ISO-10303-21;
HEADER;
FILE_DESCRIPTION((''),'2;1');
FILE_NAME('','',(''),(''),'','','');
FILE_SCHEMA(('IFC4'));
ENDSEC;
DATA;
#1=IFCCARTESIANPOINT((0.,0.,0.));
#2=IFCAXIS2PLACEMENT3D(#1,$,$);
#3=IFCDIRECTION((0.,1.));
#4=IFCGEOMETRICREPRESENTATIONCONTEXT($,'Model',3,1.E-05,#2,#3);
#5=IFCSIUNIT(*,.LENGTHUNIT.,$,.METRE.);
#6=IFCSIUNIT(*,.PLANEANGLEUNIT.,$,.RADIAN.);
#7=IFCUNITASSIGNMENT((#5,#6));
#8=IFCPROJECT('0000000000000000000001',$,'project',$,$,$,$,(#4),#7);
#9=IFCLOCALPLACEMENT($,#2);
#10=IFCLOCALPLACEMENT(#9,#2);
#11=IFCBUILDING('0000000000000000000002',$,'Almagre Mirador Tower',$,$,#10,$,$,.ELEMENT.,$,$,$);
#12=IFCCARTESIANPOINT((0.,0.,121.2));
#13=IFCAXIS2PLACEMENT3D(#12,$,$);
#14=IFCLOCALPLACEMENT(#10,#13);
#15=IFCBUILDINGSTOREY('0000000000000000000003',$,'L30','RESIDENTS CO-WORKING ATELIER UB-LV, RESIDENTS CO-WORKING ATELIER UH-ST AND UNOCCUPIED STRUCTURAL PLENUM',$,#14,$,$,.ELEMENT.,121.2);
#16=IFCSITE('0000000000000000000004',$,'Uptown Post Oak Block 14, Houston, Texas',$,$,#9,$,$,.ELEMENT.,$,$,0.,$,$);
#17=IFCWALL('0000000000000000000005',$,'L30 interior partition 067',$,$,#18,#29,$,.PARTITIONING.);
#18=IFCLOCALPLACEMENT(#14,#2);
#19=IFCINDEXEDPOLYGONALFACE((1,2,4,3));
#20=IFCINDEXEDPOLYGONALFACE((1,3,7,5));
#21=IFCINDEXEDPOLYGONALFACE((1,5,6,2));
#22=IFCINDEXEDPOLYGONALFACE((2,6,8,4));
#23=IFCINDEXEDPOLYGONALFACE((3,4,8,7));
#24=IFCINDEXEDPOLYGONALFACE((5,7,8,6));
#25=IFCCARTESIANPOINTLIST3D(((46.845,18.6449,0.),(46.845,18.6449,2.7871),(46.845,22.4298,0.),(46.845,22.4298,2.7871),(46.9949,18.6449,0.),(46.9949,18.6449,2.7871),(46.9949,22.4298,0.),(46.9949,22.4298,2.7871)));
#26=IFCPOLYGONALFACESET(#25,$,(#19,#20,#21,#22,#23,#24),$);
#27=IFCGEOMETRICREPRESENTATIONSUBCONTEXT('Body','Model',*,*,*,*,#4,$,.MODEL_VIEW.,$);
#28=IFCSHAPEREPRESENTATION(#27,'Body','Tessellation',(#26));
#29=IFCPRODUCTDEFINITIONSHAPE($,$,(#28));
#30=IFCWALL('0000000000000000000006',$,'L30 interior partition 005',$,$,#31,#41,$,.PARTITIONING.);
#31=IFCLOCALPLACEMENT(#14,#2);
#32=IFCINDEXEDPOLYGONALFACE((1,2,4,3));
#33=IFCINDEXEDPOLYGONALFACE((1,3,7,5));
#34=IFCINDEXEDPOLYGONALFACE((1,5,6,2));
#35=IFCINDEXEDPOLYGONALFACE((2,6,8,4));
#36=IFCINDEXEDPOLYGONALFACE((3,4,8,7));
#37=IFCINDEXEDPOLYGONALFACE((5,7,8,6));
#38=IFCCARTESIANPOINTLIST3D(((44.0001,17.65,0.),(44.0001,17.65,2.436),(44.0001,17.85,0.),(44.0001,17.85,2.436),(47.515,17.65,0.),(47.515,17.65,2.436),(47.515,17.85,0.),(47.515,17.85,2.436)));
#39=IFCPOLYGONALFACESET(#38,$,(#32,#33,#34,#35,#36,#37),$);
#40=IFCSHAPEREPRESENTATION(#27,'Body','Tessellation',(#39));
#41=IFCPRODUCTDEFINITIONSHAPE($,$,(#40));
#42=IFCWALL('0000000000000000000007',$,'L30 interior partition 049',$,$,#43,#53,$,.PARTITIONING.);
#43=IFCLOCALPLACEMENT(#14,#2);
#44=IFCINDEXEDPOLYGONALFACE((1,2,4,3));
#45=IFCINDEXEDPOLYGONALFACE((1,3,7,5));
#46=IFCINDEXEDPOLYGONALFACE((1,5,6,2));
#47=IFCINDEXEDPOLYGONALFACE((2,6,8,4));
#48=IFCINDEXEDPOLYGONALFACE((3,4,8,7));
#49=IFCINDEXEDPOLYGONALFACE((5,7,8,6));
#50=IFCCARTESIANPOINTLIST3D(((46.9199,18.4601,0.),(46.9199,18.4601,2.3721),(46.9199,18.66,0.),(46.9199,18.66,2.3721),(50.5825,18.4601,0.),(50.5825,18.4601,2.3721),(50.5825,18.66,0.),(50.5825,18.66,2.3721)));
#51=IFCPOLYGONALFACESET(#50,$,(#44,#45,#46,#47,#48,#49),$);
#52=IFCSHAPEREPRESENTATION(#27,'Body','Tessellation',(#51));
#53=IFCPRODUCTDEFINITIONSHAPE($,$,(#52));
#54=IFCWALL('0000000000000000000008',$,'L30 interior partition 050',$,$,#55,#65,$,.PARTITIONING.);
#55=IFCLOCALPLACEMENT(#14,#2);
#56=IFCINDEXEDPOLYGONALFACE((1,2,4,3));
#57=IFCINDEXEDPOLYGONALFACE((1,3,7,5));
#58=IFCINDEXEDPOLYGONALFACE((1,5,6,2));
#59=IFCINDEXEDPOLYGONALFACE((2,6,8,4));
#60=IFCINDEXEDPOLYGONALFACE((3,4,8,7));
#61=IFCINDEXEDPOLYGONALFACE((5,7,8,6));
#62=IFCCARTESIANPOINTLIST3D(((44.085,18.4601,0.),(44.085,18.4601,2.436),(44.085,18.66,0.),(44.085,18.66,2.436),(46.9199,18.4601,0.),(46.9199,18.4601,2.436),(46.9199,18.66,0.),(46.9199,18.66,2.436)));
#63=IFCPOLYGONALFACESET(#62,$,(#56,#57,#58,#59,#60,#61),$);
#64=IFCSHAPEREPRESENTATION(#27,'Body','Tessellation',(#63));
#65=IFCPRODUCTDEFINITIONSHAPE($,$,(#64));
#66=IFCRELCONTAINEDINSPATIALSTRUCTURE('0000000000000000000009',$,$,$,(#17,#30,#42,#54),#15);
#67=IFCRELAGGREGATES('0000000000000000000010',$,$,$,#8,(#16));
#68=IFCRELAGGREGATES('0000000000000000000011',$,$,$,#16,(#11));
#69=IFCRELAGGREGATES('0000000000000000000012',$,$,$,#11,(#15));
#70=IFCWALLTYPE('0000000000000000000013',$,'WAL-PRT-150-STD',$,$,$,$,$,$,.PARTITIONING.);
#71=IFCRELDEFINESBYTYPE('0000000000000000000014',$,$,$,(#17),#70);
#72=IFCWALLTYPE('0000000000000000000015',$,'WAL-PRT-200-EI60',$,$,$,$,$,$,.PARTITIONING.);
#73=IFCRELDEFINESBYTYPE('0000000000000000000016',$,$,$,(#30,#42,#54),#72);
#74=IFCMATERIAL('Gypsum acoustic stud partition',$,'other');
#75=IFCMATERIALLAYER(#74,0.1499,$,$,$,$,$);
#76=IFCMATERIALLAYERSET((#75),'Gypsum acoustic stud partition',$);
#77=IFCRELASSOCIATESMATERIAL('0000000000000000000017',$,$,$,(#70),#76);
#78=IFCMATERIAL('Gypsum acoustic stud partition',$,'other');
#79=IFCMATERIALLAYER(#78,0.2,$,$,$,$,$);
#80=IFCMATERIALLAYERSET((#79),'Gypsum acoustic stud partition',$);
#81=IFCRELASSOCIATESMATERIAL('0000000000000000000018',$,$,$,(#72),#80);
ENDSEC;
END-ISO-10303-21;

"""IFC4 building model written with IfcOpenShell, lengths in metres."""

from ifc_helpers import new_model, si_unit, direction, frame, frame_2d, origin, place, context, subcontext, project, spatial, rectangle, extrude, material, layer, layer_set, type_object, element, save


model = new_model("IFC4")

# Units and contexts
model_context = context("Model", 3, precision=1e-05, world=origin(), true_north=direction((0.0, 1.0)))
body_context = subcontext(model_context, "Body", "Model", "MODEL_VIEW")
ifc_project = project(units=[si_unit("LENGTHUNIT", "METRE"), si_unit("PLANEANGLEUNIT", "RADIAN")], contexts=[model_context])

# Site, building, storey
site_placement = place(None, origin())
site = spatial("IfcSite", under=ifc_project, at=site_placement, Name="Uptown Post Oak Block 14, Houston, Texas", CompositionType="ELEMENT", RefElevation=0.0)
building_placement = place(site_placement, origin())
building = spatial("IfcBuilding", under=site, at=building_placement, Name="Almagre Mirador Tower", CompositionType="ELEMENT")
storey_placement = place(building_placement, frame((0.0, 0.0, 121.2)))
storey = spatial("IfcBuildingStorey", under=building, at=storey_placement, Name="L30", Description="RESIDENTS CO-WORKING ATELIER UB-LV, RESIDENTS CO-WORKING ATELIER UH-ST AND UNOCCUPIED STRUCTURAL PLENUM", CompositionType="ELEMENT", Elevation=121.2)

# Walls
ifc_material_1 = material(Name="Gypsum acoustic stud partition", Category="other")
ifc_layer_1 = layer(ifc_material_1, 0.1499)
ifc_layer_set_1 = layer_set([ifc_layer_1], Name="Gypsum acoustic stud partition")
wall_type_1 = type_object("IfcWallType", Name="WAL-PRT-150-STD", PredefinedType="PARTITIONING", material=ifc_layer_set_1)
wall_1_placement = place(storey_placement, frame((46.9199, 22.4299, 0.0), z_axis=(0.0, 0.0, 1.0), x_axis=(0.0, -1.0, 0.0)))
element("IfcWall", 1, at=wall_1_placement, inside=storey, type_object=wall_type_1, Name="L30 interior partition 067", PredefinedType="PARTITIONING", context=body_context, shape_type="SweptSolid", body=[
    extrude(rectangle(XDim=3.7849, YDim=0.1499, at=frame_2d((1.8926, 0.0))), origin(), (0.0, 0.0, 1.0), 2.7871),
])
ifc_material_2 = material(Name="Gypsum acoustic stud partition", Category="other")
ifc_layer_2 = layer(ifc_material_2, 0.2)
ifc_layer_set_2 = layer_set([ifc_layer_2], Name="Gypsum acoustic stud partition")
wall_type_2 = type_object("IfcWallType", Name="WAL-PRT-200-EI60", PredefinedType="PARTITIONING", material=ifc_layer_set_2)
wall_2_placement = place(storey_placement, frame((47.5149, 17.75, 0.0), z_axis=(0.0, 0.0, 1.0), x_axis=(-1.0, 0.0, 0.0)))
element("IfcWall", 2, at=wall_2_placement, inside=storey, type_object=wall_type_2, Name="L30 interior partition 005", PredefinedType="PARTITIONING", context=body_context, shape_type="SweptSolid", body=[
    extrude(rectangle(XDim=3.5149, YDim=0.2, at=frame_2d((1.7573, 0.0))), origin(), (0.0, 0.0, 1.0), 2.436),
])
wall_3_placement = place(storey_placement, frame((50.5825, 18.5601, 0.0), z_axis=(0.0, 0.0, 1.0), x_axis=(-1.0, 0.0, 0.0)))
element("IfcWall", 3, at=wall_3_placement, inside=storey, type_object=wall_type_2, Name="L30 interior partition 049", PredefinedType="PARTITIONING", context=body_context, shape_type="SweptSolid", body=[
    extrude(rectangle(XDim=3.6626, YDim=0.2, at=frame_2d((1.8313, 0.0))), origin(), (0.0, 0.0, 1.0), 2.3721),
])
wall_4_placement = place(storey_placement, frame((46.9199, 18.5601, 0.0), z_axis=(0.0, 0.0, 1.0), x_axis=(-1.0, 0.0, 0.0)))
element("IfcWall", 4, at=wall_4_placement, inside=storey, type_object=wall_type_2, Name="L30 interior partition 050", PredefinedType="PARTITIONING", context=body_context, shape_type="SweptSolid", body=[
    extrude(rectangle(XDim=2.835, YDim=0.2, at=frame_2d((1.4175, 0.0))), origin(), (0.0, 0.0, 1.0), 2.436),
])

save(model, "model.ifc")
